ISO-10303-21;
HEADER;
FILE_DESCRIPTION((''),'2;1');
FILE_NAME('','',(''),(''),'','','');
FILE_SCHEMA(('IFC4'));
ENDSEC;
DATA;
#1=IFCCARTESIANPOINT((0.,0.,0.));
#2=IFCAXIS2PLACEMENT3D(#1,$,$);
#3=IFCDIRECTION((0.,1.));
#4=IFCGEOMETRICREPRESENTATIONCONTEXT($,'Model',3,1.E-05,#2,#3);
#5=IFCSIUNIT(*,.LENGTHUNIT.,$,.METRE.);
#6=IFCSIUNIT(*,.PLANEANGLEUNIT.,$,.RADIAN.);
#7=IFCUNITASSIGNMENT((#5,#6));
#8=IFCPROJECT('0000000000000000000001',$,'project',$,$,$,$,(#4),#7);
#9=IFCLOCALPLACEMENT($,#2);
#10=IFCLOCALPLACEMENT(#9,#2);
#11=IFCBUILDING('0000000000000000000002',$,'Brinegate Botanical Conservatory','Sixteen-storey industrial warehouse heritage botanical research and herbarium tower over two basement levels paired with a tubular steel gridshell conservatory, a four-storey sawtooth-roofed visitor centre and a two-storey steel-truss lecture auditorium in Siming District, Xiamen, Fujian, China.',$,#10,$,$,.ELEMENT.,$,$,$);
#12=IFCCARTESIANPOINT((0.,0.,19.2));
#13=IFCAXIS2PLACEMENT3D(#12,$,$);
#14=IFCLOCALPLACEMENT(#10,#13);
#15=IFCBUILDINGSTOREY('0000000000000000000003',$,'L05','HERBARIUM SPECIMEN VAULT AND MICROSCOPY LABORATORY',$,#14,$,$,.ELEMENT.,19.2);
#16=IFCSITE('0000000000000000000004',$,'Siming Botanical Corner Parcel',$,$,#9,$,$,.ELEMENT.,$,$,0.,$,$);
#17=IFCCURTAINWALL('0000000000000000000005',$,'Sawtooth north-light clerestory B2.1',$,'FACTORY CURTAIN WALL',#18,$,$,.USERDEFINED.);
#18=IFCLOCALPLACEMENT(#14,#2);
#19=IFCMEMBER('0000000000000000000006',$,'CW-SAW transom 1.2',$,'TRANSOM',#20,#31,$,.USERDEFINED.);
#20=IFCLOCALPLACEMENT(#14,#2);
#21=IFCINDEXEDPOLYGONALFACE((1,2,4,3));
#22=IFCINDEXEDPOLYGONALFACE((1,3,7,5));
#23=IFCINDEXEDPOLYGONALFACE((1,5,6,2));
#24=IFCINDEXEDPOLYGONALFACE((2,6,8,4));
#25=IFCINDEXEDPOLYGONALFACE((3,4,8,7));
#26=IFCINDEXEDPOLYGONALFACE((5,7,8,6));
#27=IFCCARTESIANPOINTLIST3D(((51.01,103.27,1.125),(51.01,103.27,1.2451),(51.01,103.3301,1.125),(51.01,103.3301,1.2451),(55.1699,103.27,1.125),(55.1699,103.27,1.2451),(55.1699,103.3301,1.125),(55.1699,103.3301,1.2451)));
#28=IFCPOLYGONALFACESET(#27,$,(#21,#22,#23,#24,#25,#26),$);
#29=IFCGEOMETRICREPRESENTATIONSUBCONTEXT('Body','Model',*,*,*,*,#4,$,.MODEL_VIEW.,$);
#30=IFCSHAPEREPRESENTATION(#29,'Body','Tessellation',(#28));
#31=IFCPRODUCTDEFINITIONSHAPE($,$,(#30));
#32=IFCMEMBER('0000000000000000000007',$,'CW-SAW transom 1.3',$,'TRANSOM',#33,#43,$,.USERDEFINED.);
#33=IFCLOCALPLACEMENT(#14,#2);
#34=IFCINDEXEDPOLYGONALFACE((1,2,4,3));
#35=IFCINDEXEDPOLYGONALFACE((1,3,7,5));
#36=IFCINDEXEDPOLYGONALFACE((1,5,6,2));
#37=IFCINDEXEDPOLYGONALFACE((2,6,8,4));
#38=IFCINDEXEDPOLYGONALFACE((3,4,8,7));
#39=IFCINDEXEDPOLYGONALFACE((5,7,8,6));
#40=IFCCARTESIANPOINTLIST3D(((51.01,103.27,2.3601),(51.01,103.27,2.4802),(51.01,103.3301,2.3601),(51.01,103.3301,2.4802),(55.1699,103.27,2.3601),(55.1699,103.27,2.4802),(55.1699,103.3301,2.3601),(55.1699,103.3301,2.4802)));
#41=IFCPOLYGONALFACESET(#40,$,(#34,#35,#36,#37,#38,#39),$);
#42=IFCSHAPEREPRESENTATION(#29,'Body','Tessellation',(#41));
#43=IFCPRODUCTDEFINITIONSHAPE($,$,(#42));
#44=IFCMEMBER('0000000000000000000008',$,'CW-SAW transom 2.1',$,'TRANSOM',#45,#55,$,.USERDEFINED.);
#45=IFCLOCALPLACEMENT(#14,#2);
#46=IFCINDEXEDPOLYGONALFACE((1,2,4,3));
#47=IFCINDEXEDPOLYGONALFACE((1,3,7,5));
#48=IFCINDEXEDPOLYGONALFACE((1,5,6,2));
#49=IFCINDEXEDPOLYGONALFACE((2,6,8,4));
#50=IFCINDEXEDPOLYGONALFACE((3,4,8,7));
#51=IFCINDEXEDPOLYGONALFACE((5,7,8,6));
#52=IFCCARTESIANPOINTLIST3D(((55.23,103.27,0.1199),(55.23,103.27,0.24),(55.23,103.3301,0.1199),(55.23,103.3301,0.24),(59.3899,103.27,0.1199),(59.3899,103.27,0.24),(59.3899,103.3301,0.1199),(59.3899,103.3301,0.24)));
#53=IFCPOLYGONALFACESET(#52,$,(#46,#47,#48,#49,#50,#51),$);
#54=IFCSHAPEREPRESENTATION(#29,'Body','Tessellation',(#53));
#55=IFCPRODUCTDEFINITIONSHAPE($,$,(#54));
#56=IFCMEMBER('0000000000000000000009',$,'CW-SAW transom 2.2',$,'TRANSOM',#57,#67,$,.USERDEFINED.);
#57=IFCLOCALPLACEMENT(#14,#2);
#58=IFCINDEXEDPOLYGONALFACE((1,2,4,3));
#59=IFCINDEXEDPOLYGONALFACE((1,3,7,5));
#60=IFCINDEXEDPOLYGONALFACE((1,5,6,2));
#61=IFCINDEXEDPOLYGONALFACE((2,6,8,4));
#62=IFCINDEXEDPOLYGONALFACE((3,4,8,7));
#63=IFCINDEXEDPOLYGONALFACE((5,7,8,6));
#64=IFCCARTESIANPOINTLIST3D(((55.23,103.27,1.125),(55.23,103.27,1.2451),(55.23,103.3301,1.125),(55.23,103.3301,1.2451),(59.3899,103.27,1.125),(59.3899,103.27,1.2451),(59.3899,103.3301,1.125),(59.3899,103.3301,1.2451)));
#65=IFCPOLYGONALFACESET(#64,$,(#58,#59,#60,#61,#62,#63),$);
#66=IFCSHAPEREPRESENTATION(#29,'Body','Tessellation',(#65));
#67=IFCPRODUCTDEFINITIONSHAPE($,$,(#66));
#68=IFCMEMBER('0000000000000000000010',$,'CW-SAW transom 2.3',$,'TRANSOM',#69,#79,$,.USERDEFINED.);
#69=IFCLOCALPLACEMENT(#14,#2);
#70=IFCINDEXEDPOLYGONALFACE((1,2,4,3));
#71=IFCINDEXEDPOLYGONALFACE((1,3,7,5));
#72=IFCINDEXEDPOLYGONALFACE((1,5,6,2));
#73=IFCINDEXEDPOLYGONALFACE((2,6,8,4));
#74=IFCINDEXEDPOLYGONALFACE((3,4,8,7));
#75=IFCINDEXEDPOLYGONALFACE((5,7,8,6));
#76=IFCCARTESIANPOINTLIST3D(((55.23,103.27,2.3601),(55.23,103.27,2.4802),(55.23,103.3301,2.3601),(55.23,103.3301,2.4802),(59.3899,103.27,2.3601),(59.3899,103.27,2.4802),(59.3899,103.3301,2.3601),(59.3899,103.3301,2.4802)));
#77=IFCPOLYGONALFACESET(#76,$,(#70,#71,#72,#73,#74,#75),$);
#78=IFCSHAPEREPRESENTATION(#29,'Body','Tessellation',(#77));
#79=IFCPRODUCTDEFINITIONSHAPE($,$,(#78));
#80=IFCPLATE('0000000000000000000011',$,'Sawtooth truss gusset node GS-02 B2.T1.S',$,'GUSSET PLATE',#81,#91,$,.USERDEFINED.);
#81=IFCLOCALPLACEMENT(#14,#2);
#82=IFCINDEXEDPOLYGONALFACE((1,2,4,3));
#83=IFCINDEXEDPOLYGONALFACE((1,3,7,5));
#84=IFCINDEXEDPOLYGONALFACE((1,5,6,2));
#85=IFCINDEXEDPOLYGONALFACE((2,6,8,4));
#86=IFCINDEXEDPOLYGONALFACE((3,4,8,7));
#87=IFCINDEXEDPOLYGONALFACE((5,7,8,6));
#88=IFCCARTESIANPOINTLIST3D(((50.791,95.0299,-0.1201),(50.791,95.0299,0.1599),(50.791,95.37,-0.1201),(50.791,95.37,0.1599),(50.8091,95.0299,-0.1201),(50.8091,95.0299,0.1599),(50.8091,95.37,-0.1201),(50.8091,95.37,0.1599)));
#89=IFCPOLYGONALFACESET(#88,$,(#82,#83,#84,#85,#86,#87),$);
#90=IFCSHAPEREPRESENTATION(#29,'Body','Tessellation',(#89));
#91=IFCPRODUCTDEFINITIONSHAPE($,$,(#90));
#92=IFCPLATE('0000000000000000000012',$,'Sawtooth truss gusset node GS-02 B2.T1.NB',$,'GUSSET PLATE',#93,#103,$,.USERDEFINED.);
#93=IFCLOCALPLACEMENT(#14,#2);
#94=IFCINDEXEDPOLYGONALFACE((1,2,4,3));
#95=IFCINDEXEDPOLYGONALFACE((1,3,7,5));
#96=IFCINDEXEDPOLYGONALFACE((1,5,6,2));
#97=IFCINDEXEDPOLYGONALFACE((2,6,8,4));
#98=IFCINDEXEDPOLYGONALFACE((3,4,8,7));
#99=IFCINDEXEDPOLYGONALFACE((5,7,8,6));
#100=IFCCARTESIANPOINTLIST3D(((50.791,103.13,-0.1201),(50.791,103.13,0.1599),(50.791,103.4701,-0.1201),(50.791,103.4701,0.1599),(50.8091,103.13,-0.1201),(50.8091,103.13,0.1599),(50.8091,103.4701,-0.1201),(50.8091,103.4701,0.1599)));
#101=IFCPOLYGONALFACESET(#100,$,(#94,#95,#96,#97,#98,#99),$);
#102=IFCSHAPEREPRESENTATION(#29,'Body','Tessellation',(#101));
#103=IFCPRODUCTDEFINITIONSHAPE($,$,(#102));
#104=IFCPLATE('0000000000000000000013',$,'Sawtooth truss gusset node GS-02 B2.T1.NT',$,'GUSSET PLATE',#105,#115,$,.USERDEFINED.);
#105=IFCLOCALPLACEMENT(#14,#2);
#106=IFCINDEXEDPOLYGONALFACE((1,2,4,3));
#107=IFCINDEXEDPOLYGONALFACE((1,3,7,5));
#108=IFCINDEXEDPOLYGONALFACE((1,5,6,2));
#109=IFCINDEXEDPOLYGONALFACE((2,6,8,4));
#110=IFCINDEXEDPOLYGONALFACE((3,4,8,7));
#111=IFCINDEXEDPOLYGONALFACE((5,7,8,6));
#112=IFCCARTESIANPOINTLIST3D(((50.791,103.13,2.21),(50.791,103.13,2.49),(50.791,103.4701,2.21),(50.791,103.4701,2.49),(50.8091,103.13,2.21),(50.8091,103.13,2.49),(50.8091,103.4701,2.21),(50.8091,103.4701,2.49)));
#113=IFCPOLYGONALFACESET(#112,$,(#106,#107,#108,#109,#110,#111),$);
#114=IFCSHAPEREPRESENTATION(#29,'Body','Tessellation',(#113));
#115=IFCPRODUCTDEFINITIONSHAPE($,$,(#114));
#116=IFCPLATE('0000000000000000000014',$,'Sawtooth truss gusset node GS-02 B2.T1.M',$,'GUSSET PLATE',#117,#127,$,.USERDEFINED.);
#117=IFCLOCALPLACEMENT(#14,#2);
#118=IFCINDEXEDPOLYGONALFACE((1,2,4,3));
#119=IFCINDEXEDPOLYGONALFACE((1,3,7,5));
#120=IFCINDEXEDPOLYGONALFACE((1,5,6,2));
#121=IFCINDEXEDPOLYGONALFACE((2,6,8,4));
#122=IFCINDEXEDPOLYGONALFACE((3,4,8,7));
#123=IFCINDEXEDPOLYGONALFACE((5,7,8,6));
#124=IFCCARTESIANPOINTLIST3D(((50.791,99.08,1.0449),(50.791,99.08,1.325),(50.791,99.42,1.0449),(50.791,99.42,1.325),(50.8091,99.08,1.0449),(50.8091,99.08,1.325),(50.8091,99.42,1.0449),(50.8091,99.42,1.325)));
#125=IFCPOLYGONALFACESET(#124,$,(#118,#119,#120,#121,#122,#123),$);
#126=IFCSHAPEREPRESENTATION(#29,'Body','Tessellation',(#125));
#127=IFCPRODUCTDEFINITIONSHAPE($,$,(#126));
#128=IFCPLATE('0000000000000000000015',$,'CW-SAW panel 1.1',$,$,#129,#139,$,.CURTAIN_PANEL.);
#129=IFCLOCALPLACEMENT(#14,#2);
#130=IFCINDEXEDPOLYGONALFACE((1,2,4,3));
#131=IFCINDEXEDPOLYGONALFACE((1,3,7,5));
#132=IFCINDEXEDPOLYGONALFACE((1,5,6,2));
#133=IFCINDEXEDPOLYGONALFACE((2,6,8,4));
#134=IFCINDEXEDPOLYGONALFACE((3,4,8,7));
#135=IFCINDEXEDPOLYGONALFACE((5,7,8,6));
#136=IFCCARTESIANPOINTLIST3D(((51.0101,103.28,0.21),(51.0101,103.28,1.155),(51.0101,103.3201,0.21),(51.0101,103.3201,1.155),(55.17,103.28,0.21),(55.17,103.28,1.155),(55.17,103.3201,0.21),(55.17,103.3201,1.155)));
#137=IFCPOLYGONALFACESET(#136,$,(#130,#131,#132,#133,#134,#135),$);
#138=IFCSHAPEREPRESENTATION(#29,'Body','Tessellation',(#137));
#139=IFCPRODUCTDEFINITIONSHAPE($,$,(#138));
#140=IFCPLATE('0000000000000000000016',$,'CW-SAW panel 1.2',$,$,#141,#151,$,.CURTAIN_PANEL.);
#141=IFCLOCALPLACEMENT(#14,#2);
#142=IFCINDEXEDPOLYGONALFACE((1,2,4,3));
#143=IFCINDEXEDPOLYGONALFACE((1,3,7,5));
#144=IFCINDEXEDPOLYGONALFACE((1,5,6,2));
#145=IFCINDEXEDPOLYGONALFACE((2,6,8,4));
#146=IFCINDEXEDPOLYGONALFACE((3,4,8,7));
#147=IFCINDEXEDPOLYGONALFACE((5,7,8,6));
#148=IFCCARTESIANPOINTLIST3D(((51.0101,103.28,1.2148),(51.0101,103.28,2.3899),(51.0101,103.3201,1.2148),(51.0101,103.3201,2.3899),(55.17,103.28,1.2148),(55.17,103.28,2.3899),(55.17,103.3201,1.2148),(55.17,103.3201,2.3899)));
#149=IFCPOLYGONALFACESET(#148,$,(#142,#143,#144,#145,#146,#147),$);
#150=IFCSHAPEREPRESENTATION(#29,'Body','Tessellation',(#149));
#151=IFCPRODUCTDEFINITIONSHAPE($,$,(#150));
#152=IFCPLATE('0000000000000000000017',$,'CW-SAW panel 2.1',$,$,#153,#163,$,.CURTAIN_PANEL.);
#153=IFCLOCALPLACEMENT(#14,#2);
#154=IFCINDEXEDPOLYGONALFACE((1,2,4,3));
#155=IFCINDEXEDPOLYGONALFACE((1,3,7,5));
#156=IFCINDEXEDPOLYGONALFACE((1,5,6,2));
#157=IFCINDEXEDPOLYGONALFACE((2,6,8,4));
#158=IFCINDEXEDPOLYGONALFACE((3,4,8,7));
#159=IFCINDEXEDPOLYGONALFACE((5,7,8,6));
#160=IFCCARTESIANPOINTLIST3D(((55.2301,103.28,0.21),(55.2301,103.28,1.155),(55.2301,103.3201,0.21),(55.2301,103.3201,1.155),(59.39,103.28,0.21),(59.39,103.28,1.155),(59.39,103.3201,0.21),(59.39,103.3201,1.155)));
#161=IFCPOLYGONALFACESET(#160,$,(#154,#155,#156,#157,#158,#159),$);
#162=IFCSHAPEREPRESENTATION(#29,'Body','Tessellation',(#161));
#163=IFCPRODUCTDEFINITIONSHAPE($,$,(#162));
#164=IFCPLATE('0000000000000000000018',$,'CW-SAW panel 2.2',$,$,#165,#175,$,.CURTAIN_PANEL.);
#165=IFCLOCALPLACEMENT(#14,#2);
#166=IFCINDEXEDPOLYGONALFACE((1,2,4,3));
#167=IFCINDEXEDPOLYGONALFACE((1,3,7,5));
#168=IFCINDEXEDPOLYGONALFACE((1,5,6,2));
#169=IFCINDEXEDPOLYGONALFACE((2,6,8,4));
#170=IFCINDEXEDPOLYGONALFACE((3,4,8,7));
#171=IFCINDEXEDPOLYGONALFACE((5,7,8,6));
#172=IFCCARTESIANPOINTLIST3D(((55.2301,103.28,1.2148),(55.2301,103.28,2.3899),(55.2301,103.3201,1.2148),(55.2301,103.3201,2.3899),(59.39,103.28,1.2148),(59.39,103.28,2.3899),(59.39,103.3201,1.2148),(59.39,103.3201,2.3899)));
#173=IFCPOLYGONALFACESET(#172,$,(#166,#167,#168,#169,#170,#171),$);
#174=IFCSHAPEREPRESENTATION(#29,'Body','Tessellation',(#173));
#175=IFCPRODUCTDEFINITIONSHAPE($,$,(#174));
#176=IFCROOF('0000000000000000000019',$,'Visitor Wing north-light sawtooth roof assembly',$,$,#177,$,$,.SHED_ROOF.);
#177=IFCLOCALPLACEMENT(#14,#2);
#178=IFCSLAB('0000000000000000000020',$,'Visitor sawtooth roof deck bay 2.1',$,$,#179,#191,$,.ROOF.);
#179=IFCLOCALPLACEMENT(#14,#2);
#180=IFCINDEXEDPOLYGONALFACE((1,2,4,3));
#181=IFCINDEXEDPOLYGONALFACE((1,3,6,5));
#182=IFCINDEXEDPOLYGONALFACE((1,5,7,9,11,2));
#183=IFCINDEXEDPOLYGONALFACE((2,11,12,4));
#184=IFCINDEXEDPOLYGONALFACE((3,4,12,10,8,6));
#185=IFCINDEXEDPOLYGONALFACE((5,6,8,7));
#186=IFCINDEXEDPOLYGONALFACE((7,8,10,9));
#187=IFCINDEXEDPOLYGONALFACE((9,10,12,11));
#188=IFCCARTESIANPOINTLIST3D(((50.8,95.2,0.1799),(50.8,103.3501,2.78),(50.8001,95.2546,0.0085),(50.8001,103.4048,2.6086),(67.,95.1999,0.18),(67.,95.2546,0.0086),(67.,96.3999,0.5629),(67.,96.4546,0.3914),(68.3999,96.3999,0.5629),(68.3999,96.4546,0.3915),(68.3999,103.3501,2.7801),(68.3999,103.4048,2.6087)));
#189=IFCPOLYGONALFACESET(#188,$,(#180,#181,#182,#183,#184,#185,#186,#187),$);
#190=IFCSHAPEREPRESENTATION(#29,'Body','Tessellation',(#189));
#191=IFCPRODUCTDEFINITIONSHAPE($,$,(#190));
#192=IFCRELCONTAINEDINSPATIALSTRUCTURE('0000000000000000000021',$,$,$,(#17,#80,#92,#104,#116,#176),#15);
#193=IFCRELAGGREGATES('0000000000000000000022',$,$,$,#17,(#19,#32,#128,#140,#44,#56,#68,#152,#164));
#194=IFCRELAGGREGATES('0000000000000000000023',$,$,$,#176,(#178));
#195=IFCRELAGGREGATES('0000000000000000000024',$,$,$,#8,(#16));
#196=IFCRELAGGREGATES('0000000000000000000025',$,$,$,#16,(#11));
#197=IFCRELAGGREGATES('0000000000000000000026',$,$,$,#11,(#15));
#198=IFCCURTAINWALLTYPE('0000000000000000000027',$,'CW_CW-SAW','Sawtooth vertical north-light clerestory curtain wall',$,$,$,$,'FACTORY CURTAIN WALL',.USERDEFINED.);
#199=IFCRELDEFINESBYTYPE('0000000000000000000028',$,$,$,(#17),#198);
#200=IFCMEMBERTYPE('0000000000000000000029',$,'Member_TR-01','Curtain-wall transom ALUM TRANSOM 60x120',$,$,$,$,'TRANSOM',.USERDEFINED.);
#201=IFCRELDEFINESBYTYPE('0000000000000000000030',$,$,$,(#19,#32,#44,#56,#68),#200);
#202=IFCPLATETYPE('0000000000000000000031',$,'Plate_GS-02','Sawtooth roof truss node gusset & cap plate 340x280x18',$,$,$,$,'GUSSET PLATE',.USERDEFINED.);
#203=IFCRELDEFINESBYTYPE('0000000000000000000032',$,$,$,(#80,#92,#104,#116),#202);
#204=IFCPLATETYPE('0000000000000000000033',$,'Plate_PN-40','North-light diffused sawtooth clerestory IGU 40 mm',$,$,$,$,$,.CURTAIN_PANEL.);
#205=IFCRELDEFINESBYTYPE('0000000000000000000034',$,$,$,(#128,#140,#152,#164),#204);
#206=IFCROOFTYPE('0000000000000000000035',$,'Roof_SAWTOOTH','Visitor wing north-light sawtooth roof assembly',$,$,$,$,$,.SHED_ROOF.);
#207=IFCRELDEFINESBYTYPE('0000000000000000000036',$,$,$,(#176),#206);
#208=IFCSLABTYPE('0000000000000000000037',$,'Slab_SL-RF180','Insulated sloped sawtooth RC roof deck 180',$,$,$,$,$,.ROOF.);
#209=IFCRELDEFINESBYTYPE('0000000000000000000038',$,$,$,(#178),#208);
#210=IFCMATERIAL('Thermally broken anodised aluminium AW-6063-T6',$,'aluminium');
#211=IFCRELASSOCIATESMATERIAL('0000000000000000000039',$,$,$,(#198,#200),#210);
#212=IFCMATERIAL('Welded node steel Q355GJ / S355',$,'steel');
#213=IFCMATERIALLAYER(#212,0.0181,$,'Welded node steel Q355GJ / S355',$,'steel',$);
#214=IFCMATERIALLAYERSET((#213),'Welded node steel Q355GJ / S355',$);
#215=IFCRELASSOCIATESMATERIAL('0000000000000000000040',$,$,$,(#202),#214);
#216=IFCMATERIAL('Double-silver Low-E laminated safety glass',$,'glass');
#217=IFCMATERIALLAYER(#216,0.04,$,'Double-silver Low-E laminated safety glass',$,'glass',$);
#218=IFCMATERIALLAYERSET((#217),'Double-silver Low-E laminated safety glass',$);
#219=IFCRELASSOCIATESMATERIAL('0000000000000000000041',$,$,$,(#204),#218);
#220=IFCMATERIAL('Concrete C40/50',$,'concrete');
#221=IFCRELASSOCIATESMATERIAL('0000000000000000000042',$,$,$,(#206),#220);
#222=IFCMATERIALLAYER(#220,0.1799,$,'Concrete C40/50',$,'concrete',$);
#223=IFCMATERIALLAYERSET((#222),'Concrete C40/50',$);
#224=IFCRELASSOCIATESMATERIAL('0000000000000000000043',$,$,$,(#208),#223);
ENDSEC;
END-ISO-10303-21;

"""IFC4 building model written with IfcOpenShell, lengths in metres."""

from ifc_helpers import new_model, si_unit, direction, frame, origin, origin_2d, place, context, subcontext, project, spatial, polyline, rectangle, outline, extrude, material, layer, layer_set, material_profile, profile_set, type_object, element, aggregate, save


model = new_model("IFC4")

# Units and contexts
model_context = context("Model", 3, precision=1e-05, world=origin(), true_north=direction((0.0, 1.0)))
body_context = subcontext(model_context, "Body", "Model", "MODEL_VIEW")
ifc_project = project(units=[si_unit("LENGTHUNIT", "METRE"), si_unit("PLANEANGLEUNIT", "RADIAN")], contexts=[model_context])

# Site, building, storey
site_placement = place(None, origin())
site = spatial("IfcSite", under=ifc_project, at=site_placement, Name="Siming Botanical Corner Parcel", CompositionType="ELEMENT", RefElevation=0.0)
building_placement = place(site_placement, origin())
building = spatial("IfcBuilding", under=site, at=building_placement, Name="Brinegate Botanical Conservatory", Description="Sixteen-storey industrial warehouse heritage botanical research and herbarium tower over two basement levels paired with a tubular steel gridshell conservatory, a four-storey sawtooth-roofed visitor centre and a two-storey steel-truss lecture auditorium in Siming District, Xiamen, Fujian, China.", CompositionType="ELEMENT")
storey_placement = place(building_placement, frame((0.0, 0.0, 19.2)))
storey = spatial("IfcBuildingStorey", under=building, at=storey_placement, Name="L05", Description="HERBARIUM SPECIMEN VAULT AND MICROSCOPY LABORATORY", CompositionType="ELEMENT", Elevation=19.2)

# Curtain wall
ifc_material_1 = material(Name="Thermally broken anodised aluminium AW-6063-T6", Category="aluminium")
curtain_wall_type = type_object("IfcCurtainWallType", Name="CW_CW-SAW", Description="Sawtooth vertical north-light clerestory curtain wall", ElementType="FACTORY CURTAIN WALL", PredefinedType="USERDEFINED", material=ifc_material_1)
curtain_wall_placement = place(storey_placement, origin())
curtain_wall = element("IfcCurtainWall", 1, at=curtain_wall_placement, inside=storey, type_object=curtain_wall_type, Name="Sawtooth north-light clerestory B2.1", ObjectType="FACTORY CURTAIN WALL", PredefinedType="USERDEFINED")

# Members
ifc_material_profile_1 = material_profile(ifc_material_1, rectangle(XDim=0.0601, YDim=0.1201, at=origin_2d()), Name="ALUM TRANSOM 60x120")
ifc_profile_set_1 = profile_set([ifc_material_profile_1], Name="Thermally broken anodised aluminium AW-6063-T6")
member_type_1 = type_object("IfcMemberType", Name="Member_TR-01", Description="Curtain-wall transom ALUM TRANSOM 60x120", ElementType="TRANSOM", PredefinedType="USERDEFINED", material=ifc_profile_set_1)
member_1_placement = place(storey_placement, frame((51.01, 103.3, 1.1851), z_axis=(1.0, 0.0, 0.0), x_axis=(0.0, 1.0, 0.0)))
member_1 = element("IfcMember", 2, at=member_1_placement, type_object=member_type_1, Name="CW-SAW transom 1.2", ObjectType="TRANSOM", PredefinedType="USERDEFINED", context=body_context, shape_type="SweptSolid", body=[
    extrude(rectangle(XDim=0.0601, YDim=0.1201, at=origin_2d()), origin(), (0.0, 0.0, 1.0), 4.1599),
])
member_2_placement = place(storey_placement, frame((51.01, 103.3, 2.4202), z_axis=(1.0, 0.0, 0.0), x_axis=(0.0, 1.0, 0.0)))
member_2 = element("IfcMember", 3, at=member_2_placement, type_object=member_type_1, Name="CW-SAW transom 1.3", ObjectType="TRANSOM", PredefinedType="USERDEFINED", context=body_context, shape_type="SweptSolid", body=[
    extrude(rectangle(XDim=0.0601, YDim=0.1201, at=origin_2d()), origin(), (0.0, 0.0, 1.0), 4.1599),
])
member_3_placement = place(storey_placement, frame((55.23, 103.3, 0.1799), z_axis=(1.0, 0.0, 0.0), x_axis=(0.0, 1.0, 0.0)))
member_3 = element("IfcMember", 4, at=member_3_placement, type_object=member_type_1, Name="CW-SAW transom 2.1", ObjectType="TRANSOM", PredefinedType="USERDEFINED", context=body_context, shape_type="SweptSolid", body=[
    extrude(rectangle(XDim=0.0601, YDim=0.1201, at=origin_2d()), origin(), (0.0, 0.0, 1.0), 4.1599),
])
member_4_placement = place(storey_placement, frame((55.23, 103.3, 1.1851), z_axis=(1.0, 0.0, 0.0), x_axis=(0.0, 1.0, 0.0)))
member_4 = element("IfcMember", 5, at=member_4_placement, type_object=member_type_1, Name="CW-SAW transom 2.2", ObjectType="TRANSOM", PredefinedType="USERDEFINED", context=body_context, shape_type="SweptSolid", body=[
    extrude(rectangle(XDim=0.0601, YDim=0.1201, at=origin_2d()), origin(), (0.0, 0.0, 1.0), 4.1599),
])
member_5_placement = place(storey_placement, frame((55.23, 103.3, 2.4202), z_axis=(1.0, 0.0, 0.0), x_axis=(0.0, 1.0, 0.0)))
member_5 = element("IfcMember", 6, at=member_5_placement, type_object=member_type_1, Name="CW-SAW transom 2.3", ObjectType="TRANSOM", PredefinedType="USERDEFINED", context=body_context, shape_type="SweptSolid", body=[
    extrude(rectangle(XDim=0.0601, YDim=0.1201, at=origin_2d()), origin(), (0.0, 0.0, 1.0), 4.1599),
])

# Plates
ifc_material_2 = material(Name="Welded node steel Q355GJ / S355", Category="steel")
ifc_layer_1 = layer(ifc_material_2, 0.0181, Name="Welded node steel Q355GJ / S355", Category="steel")
ifc_layer_set_1 = layer_set([ifc_layer_1], Name="Welded node steel Q355GJ / S355")
plate_type_1 = type_object("IfcPlateType", Name="Plate_GS-02", Description="Sawtooth roof truss node gusset & cap plate 340x280x18", ElementType="GUSSET PLATE", PredefinedType="USERDEFINED", material=ifc_layer_set_1)
for number, where, z_axis, x_axis, name in (
    (7, (50.8, 95.2, -0.1201), (0.0, 0.0, 1.0), (1.0, 0.0, 0.0), "Sawtooth truss gusset node GS-02 B2.T1.S"),
    (8, (50.8, 103.3, -0.1201), (0.0, 0.0, 1.0), (1.0, 0.0, 0.0), "Sawtooth truss gusset node GS-02 B2.T1.NB"),
    (9, (50.8, 103.3, 2.21), (0.0, 0.0, 1.0), (1.0, 0.0, 0.0), "Sawtooth truss gusset node GS-02 B2.T1.NT"),
    (10, (50.8, 99.25, 1.0449), (0.0, 0.0, 1.0), (1.0, 0.0, 0.0), "Sawtooth truss gusset node GS-02 B2.T1.M"),
):
    element("IfcPlate", number, at=place(storey_placement, frame(where, z_axis=z_axis, x_axis=x_axis)), inside=storey, type_object=plate_type_1, Name=name, ObjectType="GUSSET PLATE", PredefinedType="USERDEFINED", context=body_context, shape_type="SweptSolid", body=[
        extrude(rectangle(XDim=0.0181, YDim=0.3401, at=origin_2d()), origin(), (0.0, 0.0, 1.0), 0.28),
    ])

# Plates
ifc_material_3 = material(Name="Double-silver Low-E laminated safety glass", Category="glass")
ifc_layer_2 = layer(ifc_material_3, 0.04, Name="Double-silver Low-E laminated safety glass", Category="glass")
ifc_layer_set_2 = layer_set([ifc_layer_2], Name="Double-silver Low-E laminated safety glass")
plate_type_2 = type_object("IfcPlateType", Name="Plate_PN-40", Description="North-light diffused sawtooth clerestory IGU 40 mm", PredefinedType="CURTAIN_PANEL", material=ifc_layer_set_2)
plate_1_placement = place(storey_placement, frame((53.0901, 103.3, 0.21), z_axis=(0.0, 0.0, 1.0), x_axis=(1.0, 0.0, 0.0)))
plate_1 = element("IfcPlate", 11, at=plate_1_placement, type_object=plate_type_2, Name="CW-SAW panel 1.1", PredefinedType="CURTAIN_PANEL", context=body_context, shape_type="SweptSolid", body=[
    extrude(rectangle(XDim=4.1599, YDim=0.04, at=origin_2d()), origin(), (0.0, 0.0, 1.0), 0.9451),
])
plate_2_placement = place(storey_placement, frame((53.0901, 103.3, 1.2148), z_axis=(0.0, 0.0, 1.0), x_axis=(1.0, 0.0, 0.0)))
plate_2 = element("IfcPlate", 12, at=plate_2_placement, type_object=plate_type_2, Name="CW-SAW panel 1.2", PredefinedType="CURTAIN_PANEL", context=body_context, shape_type="SweptSolid", body=[
    extrude(rectangle(XDim=4.1599, YDim=0.04, at=origin_2d()), origin(), (0.0, 0.0, 1.0), 1.175),
])
plate_3_placement = place(storey_placement, frame((57.3101, 103.3, 0.21), z_axis=(0.0, 0.0, 1.0), x_axis=(1.0, 0.0, 0.0)))
plate_3 = element("IfcPlate", 13, at=plate_3_placement, type_object=plate_type_2, Name="CW-SAW panel 2.1", PredefinedType="CURTAIN_PANEL", context=body_context, shape_type="SweptSolid", body=[
    extrude(rectangle(XDim=4.1599, YDim=0.04, at=origin_2d()), origin(), (0.0, 0.0, 1.0), 0.9451),
])
plate_4_placement = place(storey_placement, frame((57.3101, 103.3, 1.2148), z_axis=(0.0, 0.0, 1.0), x_axis=(1.0, 0.0, 0.0)))
plate_4 = element("IfcPlate", 14, at=plate_4_placement, type_object=plate_type_2, Name="CW-SAW panel 2.2", PredefinedType="CURTAIN_PANEL", context=body_context, shape_type="SweptSolid", body=[
    extrude(rectangle(XDim=4.1599, YDim=0.04, at=origin_2d()), origin(), (0.0, 0.0, 1.0), 1.175),
])
aggregate(curtain_wall, [member_1, member_2, plate_1, plate_2, member_3, member_4, member_5, plate_3, plate_4])

# Roof, slab
ifc_material_4 = material(Name="Concrete C40/50", Category="concrete")
roof_type = type_object("IfcRoofType", Name="Roof_SAWTOOTH", Description="Visitor wing north-light sawtooth roof assembly", PredefinedType="SHED_ROOF", material=ifc_material_4)
roof_placement = place(storey_placement, origin())
roof = element("IfcRoof", 15, at=roof_placement, inside=storey, type_object=roof_type, Name="Visitor Wing north-light sawtooth roof assembly", PredefinedType="SHED_ROOF")
ifc_layer_3 = layer(ifc_material_4, 0.1799, Name="Concrete C40/50", Category="concrete")
ifc_layer_set_3 = layer_set([ifc_layer_3], Name="Concrete C40/50")
slab_type = type_object("IfcSlabType", Name="Slab_SL-RF180", Description="Insulated sloped sawtooth RC roof deck 180", PredefinedType="ROOF", material=ifc_layer_set_3)
slab_placement = place(storey_placement, frame((50.8, 95.2, 0.1799), z_axis=(-0.000007, -0.303931, 0.952694), x_axis=(1.0, -0.000002, 0.000006)))
slab = element("IfcSlab", 16, at=slab_placement, type_object=slab_type, Name="Visitor sawtooth roof deck bay 2.1", PredefinedType="ROOF", context=body_context, shape_type="SweptSolid", body=[
    extrude(outline(polyline([(0.0, 0.0), (16.2, 0.0), (16.2, 1.2596), (17.5999, 1.2596), (17.5999, 8.5548), (0.0, 8.5548), (0.0, 0.0)])), origin(), (0.0, 0.0, -1.0), 0.1799),
])
aggregate(roof, [slab])

save(model, "model.ifc")
